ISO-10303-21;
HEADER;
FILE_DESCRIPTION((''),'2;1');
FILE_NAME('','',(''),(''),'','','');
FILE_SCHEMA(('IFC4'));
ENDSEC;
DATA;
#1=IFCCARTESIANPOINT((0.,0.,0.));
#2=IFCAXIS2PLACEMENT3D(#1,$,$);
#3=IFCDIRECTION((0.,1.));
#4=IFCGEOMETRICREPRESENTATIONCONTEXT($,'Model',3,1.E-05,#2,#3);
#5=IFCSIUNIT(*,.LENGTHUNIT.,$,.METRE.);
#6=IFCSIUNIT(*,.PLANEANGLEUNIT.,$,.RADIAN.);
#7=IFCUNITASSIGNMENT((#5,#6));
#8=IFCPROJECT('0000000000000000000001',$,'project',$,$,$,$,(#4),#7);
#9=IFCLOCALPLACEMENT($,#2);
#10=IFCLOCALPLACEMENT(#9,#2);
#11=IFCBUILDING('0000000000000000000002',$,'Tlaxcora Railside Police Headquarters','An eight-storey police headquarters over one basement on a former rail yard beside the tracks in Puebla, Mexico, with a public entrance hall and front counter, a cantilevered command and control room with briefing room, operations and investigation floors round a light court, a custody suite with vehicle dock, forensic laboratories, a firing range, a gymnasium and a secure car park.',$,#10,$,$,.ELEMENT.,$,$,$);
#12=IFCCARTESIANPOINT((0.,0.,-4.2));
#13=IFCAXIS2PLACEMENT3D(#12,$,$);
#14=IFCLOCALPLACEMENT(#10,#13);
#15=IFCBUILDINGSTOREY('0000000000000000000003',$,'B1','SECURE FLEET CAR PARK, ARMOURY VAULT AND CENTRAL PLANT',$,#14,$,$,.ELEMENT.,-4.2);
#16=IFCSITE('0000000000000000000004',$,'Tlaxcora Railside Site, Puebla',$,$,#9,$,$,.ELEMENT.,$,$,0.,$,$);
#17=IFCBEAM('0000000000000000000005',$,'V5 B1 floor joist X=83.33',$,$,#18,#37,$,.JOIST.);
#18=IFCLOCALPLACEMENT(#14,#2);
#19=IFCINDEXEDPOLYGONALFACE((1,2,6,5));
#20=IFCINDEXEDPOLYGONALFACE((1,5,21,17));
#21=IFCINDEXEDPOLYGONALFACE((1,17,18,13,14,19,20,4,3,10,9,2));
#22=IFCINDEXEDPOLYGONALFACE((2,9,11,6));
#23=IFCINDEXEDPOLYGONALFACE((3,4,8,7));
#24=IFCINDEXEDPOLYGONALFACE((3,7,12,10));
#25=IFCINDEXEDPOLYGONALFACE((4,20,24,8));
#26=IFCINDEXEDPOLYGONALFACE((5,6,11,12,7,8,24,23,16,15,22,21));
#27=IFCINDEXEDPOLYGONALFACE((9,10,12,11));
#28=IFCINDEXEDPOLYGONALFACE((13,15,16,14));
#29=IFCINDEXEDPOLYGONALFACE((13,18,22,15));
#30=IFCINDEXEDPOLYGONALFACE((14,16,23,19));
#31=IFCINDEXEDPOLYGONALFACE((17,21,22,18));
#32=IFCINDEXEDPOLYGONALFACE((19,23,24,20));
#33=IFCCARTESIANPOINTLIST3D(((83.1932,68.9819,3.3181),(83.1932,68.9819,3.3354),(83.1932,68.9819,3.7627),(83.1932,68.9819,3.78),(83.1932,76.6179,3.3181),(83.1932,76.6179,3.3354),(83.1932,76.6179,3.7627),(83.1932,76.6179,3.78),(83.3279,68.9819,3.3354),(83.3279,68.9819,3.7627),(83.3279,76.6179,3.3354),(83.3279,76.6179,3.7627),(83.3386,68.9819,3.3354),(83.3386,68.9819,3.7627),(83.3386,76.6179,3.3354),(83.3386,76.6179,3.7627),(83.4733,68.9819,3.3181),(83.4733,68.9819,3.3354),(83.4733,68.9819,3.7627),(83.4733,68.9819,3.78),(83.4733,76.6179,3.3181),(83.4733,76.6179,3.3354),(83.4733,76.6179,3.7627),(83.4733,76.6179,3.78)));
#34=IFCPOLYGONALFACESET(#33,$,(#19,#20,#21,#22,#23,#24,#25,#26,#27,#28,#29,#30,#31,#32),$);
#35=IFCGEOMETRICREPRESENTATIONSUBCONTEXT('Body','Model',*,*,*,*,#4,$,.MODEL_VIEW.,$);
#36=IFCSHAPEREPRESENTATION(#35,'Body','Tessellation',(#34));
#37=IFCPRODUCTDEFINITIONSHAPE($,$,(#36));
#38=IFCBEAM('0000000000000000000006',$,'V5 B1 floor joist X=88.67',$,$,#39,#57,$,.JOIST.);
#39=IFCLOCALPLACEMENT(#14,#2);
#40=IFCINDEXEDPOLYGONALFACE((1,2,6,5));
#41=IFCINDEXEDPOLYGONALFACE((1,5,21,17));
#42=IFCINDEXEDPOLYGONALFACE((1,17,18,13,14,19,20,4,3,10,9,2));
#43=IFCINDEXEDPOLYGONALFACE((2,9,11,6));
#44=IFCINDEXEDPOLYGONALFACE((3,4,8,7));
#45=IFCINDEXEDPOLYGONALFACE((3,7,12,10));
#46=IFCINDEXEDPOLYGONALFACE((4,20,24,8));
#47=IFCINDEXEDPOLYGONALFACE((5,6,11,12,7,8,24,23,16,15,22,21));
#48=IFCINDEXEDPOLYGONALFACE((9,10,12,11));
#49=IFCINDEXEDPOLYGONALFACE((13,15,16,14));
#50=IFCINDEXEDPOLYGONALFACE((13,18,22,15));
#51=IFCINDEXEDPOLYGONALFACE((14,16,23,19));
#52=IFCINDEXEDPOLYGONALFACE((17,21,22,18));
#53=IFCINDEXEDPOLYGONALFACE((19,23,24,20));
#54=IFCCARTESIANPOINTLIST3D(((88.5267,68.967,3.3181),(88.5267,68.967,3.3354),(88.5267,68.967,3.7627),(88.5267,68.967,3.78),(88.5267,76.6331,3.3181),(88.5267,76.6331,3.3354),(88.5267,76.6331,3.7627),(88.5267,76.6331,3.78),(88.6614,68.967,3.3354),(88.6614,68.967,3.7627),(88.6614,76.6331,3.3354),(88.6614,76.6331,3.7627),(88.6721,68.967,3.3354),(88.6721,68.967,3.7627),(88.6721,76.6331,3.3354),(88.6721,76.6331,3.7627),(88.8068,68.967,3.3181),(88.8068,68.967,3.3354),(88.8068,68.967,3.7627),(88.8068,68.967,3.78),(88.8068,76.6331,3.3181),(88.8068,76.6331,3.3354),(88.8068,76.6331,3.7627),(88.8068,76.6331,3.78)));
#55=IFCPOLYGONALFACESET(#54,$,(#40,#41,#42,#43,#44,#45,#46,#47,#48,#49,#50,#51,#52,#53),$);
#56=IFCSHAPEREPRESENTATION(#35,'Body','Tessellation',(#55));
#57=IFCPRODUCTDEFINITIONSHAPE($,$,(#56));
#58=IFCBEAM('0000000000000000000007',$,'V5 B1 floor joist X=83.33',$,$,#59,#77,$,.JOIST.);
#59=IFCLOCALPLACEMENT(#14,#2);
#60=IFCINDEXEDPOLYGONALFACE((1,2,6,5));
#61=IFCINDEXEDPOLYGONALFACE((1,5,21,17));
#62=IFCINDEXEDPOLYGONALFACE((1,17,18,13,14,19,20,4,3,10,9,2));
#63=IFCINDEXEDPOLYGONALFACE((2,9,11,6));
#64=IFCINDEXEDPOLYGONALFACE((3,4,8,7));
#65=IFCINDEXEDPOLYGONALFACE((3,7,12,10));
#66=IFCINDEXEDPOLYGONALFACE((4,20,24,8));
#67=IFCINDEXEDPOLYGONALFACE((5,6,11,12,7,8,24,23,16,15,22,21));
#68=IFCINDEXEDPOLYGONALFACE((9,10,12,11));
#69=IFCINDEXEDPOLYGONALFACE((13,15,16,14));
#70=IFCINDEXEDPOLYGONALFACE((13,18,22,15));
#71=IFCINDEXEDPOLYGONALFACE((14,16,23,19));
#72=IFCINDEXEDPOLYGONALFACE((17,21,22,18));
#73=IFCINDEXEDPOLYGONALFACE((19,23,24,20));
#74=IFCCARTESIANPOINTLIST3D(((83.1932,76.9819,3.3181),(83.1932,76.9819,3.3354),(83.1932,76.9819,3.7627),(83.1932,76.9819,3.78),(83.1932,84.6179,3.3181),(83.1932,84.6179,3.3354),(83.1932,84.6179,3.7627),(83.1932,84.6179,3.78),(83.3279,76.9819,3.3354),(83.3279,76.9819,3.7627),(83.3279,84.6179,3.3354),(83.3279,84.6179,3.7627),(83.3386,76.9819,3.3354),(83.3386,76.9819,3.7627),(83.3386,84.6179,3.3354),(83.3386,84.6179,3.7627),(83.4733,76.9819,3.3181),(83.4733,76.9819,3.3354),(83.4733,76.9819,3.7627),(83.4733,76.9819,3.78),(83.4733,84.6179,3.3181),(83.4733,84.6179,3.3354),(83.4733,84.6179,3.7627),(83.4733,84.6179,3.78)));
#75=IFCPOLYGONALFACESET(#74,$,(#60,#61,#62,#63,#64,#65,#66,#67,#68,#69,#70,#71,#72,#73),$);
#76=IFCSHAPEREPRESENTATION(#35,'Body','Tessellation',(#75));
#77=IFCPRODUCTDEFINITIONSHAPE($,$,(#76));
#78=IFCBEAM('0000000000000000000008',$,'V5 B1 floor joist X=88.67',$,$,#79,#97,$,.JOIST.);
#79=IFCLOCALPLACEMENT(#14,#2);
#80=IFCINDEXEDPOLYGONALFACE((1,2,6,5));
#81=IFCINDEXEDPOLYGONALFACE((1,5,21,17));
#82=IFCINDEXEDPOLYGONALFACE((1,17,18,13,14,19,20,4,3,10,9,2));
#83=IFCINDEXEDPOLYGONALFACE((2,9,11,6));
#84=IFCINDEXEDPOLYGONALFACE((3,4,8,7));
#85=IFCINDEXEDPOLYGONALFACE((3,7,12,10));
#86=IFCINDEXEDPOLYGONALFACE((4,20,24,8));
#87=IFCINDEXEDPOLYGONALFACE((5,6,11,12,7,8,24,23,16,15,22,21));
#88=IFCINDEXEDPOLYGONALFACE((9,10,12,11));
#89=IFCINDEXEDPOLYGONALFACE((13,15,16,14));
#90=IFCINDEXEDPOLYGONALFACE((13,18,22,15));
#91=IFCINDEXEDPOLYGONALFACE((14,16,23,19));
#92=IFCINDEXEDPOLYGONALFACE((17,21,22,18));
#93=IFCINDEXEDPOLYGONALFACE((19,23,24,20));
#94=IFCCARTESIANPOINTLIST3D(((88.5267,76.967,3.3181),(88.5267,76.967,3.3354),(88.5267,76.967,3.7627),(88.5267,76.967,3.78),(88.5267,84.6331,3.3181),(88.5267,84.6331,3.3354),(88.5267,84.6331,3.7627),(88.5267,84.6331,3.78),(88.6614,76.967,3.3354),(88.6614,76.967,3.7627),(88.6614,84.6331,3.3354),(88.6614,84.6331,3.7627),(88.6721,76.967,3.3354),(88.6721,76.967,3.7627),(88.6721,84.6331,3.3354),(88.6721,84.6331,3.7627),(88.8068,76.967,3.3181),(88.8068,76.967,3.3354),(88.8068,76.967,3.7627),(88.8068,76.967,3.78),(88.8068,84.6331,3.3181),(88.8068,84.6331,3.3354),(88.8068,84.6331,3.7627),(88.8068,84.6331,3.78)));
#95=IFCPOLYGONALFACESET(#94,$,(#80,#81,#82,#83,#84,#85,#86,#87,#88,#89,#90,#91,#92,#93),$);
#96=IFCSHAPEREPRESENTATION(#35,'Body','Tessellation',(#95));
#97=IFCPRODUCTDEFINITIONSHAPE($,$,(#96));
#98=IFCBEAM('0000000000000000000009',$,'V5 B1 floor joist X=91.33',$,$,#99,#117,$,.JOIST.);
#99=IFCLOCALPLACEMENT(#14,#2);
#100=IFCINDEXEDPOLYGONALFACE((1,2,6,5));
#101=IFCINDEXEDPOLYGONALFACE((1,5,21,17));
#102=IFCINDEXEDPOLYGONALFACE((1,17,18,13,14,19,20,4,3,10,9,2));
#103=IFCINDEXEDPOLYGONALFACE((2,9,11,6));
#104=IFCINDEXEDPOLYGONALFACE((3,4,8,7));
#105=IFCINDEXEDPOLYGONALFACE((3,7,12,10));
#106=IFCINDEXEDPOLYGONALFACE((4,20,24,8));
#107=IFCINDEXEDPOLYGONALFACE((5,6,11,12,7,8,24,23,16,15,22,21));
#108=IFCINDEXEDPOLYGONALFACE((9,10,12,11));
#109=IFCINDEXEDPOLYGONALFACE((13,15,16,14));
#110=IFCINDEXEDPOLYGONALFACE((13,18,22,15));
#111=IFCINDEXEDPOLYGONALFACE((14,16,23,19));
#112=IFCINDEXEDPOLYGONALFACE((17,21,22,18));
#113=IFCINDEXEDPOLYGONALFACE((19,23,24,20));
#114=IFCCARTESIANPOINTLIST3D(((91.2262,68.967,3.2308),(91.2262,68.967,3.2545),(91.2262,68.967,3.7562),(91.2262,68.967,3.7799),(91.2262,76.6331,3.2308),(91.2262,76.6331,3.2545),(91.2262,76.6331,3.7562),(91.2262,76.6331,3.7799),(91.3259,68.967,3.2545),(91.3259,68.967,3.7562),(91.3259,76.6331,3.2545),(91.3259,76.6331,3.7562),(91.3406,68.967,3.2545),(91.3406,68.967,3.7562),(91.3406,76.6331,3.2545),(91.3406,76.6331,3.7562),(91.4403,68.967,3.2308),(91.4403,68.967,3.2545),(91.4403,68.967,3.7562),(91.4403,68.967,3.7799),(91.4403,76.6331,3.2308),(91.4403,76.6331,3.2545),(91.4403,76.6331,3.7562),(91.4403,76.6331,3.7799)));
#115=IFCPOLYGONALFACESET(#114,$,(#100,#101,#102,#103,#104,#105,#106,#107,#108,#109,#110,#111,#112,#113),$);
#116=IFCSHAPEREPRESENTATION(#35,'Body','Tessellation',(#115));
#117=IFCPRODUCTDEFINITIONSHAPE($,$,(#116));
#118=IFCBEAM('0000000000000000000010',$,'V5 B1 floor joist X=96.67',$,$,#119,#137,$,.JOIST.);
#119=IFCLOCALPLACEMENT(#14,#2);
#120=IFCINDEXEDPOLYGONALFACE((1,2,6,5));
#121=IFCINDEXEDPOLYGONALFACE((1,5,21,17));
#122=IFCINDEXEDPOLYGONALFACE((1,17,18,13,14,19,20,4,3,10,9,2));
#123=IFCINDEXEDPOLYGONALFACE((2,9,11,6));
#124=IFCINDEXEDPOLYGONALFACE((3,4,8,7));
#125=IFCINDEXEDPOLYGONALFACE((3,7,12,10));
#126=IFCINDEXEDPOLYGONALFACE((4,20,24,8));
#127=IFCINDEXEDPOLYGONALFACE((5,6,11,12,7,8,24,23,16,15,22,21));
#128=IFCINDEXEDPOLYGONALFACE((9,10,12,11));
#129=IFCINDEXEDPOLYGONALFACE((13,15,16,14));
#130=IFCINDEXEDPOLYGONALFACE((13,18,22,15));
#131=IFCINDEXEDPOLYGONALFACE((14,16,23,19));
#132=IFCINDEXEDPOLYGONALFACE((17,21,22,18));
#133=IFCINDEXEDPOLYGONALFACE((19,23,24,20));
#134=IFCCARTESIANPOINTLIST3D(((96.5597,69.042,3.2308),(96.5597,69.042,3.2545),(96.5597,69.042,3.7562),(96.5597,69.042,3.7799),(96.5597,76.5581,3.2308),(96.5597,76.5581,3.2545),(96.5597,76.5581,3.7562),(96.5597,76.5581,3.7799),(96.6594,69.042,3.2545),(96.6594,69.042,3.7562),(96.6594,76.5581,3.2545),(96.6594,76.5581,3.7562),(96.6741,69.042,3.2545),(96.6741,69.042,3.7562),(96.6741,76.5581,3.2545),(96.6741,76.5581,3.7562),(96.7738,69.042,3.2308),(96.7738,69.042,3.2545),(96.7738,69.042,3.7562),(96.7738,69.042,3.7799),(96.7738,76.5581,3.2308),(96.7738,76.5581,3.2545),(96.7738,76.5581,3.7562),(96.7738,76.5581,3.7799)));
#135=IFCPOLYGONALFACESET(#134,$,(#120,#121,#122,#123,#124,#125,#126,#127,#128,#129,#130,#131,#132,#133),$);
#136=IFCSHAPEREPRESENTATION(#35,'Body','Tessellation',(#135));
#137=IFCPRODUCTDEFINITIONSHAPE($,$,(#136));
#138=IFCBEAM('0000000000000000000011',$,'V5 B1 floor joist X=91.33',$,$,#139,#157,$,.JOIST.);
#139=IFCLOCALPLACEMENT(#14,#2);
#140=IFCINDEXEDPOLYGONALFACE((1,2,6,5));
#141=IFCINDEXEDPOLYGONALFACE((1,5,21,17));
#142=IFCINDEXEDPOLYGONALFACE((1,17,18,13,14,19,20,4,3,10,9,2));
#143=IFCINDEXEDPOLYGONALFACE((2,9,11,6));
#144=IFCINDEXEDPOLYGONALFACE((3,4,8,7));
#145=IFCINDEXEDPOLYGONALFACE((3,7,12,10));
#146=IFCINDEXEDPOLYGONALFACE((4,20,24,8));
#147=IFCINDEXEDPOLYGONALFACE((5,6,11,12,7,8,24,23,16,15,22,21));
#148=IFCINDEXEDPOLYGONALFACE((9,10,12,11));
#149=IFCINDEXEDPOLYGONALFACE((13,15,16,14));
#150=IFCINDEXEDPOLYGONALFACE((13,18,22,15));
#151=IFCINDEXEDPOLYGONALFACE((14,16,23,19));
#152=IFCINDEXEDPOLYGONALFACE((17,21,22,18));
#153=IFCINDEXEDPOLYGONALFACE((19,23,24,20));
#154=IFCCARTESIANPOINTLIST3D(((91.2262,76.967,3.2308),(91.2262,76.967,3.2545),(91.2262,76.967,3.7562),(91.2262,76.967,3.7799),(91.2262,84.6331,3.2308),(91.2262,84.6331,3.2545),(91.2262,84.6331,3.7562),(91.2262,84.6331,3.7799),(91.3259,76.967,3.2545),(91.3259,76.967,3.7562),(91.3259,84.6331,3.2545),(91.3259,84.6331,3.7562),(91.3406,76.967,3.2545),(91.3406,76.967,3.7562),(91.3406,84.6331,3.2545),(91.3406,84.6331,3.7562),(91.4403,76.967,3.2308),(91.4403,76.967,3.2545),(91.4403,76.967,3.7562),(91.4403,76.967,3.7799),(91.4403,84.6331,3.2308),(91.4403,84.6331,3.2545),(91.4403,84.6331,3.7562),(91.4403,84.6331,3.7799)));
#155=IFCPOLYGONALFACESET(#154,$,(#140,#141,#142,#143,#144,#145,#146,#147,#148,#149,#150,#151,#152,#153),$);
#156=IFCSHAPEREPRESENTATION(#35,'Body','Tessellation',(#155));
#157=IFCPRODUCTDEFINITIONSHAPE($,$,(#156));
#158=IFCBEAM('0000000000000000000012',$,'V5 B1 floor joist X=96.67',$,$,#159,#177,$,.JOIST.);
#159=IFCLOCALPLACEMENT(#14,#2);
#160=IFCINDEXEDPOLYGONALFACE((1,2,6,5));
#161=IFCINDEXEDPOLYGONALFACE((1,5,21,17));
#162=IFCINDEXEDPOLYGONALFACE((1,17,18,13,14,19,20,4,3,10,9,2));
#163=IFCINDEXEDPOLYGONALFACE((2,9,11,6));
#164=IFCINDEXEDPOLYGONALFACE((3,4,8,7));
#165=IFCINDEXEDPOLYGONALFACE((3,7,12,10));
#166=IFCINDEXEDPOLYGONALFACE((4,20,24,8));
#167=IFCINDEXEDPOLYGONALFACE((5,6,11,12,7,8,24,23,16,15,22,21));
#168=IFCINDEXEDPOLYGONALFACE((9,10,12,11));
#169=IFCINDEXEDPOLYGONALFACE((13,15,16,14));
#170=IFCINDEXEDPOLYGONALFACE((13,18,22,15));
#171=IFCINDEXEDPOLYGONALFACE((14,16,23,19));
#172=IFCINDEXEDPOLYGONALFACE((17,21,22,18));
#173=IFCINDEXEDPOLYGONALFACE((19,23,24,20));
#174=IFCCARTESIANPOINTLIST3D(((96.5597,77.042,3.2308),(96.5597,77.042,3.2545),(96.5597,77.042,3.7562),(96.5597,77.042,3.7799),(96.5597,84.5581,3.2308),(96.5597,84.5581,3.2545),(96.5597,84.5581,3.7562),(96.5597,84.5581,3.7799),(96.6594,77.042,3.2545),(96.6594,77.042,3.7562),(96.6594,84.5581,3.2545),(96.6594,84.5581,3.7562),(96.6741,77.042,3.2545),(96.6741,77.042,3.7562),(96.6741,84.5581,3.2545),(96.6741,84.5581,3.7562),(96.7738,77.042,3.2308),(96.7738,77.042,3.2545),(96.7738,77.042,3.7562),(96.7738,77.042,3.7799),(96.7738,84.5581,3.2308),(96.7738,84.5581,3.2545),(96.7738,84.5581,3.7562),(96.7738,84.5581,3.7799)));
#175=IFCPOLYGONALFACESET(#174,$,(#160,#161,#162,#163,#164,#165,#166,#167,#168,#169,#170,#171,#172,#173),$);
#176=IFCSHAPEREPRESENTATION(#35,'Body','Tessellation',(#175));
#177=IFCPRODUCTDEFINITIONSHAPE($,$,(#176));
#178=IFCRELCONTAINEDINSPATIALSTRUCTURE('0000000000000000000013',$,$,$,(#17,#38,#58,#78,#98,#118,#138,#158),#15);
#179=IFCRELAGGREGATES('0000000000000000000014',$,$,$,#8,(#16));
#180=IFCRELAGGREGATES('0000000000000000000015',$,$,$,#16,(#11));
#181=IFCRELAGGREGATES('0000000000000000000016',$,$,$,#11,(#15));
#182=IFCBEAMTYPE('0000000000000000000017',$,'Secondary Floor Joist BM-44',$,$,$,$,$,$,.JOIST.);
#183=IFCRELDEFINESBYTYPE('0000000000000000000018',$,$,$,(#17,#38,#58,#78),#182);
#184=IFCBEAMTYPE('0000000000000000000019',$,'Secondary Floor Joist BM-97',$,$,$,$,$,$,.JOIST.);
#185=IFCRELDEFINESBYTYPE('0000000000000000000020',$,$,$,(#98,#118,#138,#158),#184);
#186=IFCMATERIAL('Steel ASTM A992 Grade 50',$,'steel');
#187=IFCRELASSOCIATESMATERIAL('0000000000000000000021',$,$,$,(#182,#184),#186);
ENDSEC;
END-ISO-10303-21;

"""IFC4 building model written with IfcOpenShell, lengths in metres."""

from ifc_helpers import new_model, si_unit, direction, frame, origin, origin_2d, place, context, subcontext, project, spatial, i_section, extrude, material, material_profile, profile_set, type_object, element, save


model = new_model("IFC4")

# Units and contexts
model_context = context("Model", 3, precision=1e-05, world=origin(), true_north=direction((0.0, 1.0)))
body_context = subcontext(model_context, "Body", "Model", "MODEL_VIEW")
ifc_project = project(units=[si_unit("LENGTHUNIT", "METRE"), si_unit("PLANEANGLEUNIT", "RADIAN")], contexts=[model_context])

# Site, building, storey
site_placement = place(None, origin())
site = spatial("IfcSite", under=ifc_project, at=site_placement, Name="Tlaxcora Railside Site, Puebla", CompositionType="ELEMENT", RefElevation=0.0)
building_placement = place(site_placement, origin())
building = spatial("IfcBuilding", under=site, at=building_placement, Name="Tlaxcora Railside Police Headquarters", Description="An eight-storey police headquarters over one basement on a former rail yard beside the tracks in Puebla, Mexico, with a public entrance hall and front counter, a cantilevered command and control room with briefing room, operations and investigation floors round a light court, a custody suite with vehicle dock, forensic laboratories, a firing range, a gymnasium and a secure car park.", CompositionType="ELEMENT")
storey_placement = place(building_placement, frame((0.0, 0.0, -4.2)))
storey = spatial("IfcBuildingStorey", under=building, at=storey_placement, Name="B1", Description="SECURE FLEET CAR PARK, ARMOURY VAULT AND CENTRAL PLANT", CompositionType="ELEMENT", Elevation=-4.2)

# Beams
ifc_material_1 = material(Name="Steel ASTM A992 Grade 50", Category="steel")
ifc_material_profile_1 = material_profile(ifc_material_1, i_section(OverallWidth=0.28, OverallDepth=0.4619, WebThickness=0.0107, FlangeThickness=0.0173, at=origin_2d()), Name="W18X76")
ifc_profile_set_1 = profile_set([ifc_material_profile_1], Name="Steel ASTM A992 Grade 50")
beam_type_1 = type_object("IfcBeamType", Name="Secondary Floor Joist BM-44", PredefinedType="JOIST", material=ifc_profile_set_1)
beam_1_placement = place(storey_placement, frame((83.3333, 68.9819, 3.5491), z_axis=(0.0, 1.0, 0.0), x_axis=(-1.0, 0.0, 0.0)))
element("IfcBeam", 1, at=beam_1_placement, inside=storey, type_object=beam_type_1, Name="V5 B1 floor joist X=83.33", PredefinedType="JOIST", context=body_context, shape_type="SweptSolid", body=[
    extrude(i_section(OverallWidth=0.28, OverallDepth=0.4619, WebThickness=0.0107, FlangeThickness=0.0173, at=origin_2d()), origin(), (0.0, 0.0, 1.0), 7.636),
])
beam_2_placement = place(storey_placement, frame((88.6667, 68.967, 3.5491), z_axis=(0.0, 1.0, 0.0), x_axis=(-1.0, 0.0, 0.0)))
element("IfcBeam", 2, at=beam_2_placement, inside=storey, type_object=beam_type_1, Name="V5 B1 floor joist X=88.67", PredefinedType="JOIST", context=body_context, shape_type="SweptSolid", body=[
    extrude(i_section(OverallWidth=0.28, OverallDepth=0.4619, WebThickness=0.0107, FlangeThickness=0.0173, at=origin_2d()), origin(), (0.0, 0.0, 1.0), 7.666),
])
beam_3_placement = place(storey_placement, frame((83.3333, 76.9819, 3.5491), z_axis=(0.0, 1.0, 0.0), x_axis=(-1.0, 0.0, 0.0)))
element("IfcBeam", 3, at=beam_3_placement, inside=storey, type_object=beam_type_1, Name="V5 B1 floor joist X=83.33", PredefinedType="JOIST", context=body_context, shape_type="SweptSolid", body=[
    extrude(i_section(OverallWidth=0.28, OverallDepth=0.4619, WebThickness=0.0107, FlangeThickness=0.0173, at=origin_2d()), origin(), (0.0, 0.0, 1.0), 7.636),
])
beam_4_placement = place(storey_placement, frame((88.6667, 76.967, 3.5491), z_axis=(0.0, 1.0, 0.0), x_axis=(-1.0, 0.0, 0.0)))
element("IfcBeam", 4, at=beam_4_placement, inside=storey, type_object=beam_type_1, Name="V5 B1 floor joist X=88.67", PredefinedType="JOIST", context=body_context, shape_type="SweptSolid", body=[
    extrude(i_section(OverallWidth=0.28, OverallDepth=0.4619, WebThickness=0.0107, FlangeThickness=0.0173, at=origin_2d()), origin(), (0.0, 0.0, 1.0), 7.666),
])
ifc_material_profile_2 = material_profile(ifc_material_1, i_section(OverallWidth=0.2141, OverallDepth=0.5491, WebThickness=0.0146, FlangeThickness=0.0237, at=origin_2d()), Name="W21X93")
ifc_profile_set_2 = profile_set([ifc_material_profile_2], Name="Steel ASTM A992 Grade 50")
beam_type_2 = type_object("IfcBeamType", Name="Secondary Floor Joist BM-97", PredefinedType="JOIST", material=ifc_profile_set_2)
beam_5_placement = place(storey_placement, frame((91.3333, 68.967, 3.5054), z_axis=(0.0, 1.0, 0.0), x_axis=(-1.0, 0.0, 0.0)))
element("IfcBeam", 5, at=beam_5_placement, inside=storey, type_object=beam_type_2, Name="V5 B1 floor joist X=91.33", PredefinedType="JOIST", context=body_context, shape_type="SweptSolid", body=[
    extrude(i_section(OverallWidth=0.2141, OverallDepth=0.5491, WebThickness=0.0146, FlangeThickness=0.0237, at=origin_2d()), origin(), (0.0, 0.0, 1.0), 7.666),
])
beam_6_placement = place(storey_placement, frame((96.6667, 69.042, 3.5054), z_axis=(0.0, 1.0, 0.0), x_axis=(-1.0, 0.0, 0.0)))
element("IfcBeam", 6, at=beam_6_placement, inside=storey, type_object=beam_type_2, Name="V5 B1 floor joist X=96.67", PredefinedType="JOIST", context=body_context, shape_type="SweptSolid", body=[
    extrude(i_section(OverallWidth=0.2141, OverallDepth=0.5491, WebThickness=0.0146, FlangeThickness=0.0237, at=origin_2d()), origin(), (0.0, 0.0, 1.0), 7.5161),
])
beam_7_placement = place(storey_placement, frame((91.3333, 76.967, 3.5054), z_axis=(0.0, 1.0, 0.0), x_axis=(-1.0, 0.0, 0.0)))
element("IfcBeam", 7, at=beam_7_placement, inside=storey, type_object=beam_type_2, Name="V5 B1 floor joist X=91.33", PredefinedType="JOIST", context=body_context, shape_type="SweptSolid", body=[
    extrude(i_section(OverallWidth=0.2141, OverallDepth=0.5491, WebThickness=0.0146, FlangeThickness=0.0237, at=origin_2d()), origin(), (0.0, 0.0, 1.0), 7.666),
])
beam_8_placement = place(storey_placement, frame((96.6667, 77.042, 3.5054), z_axis=(0.0, 1.0, 0.0), x_axis=(-1.0, 0.0, 0.0)))
element("IfcBeam", 8, at=beam_8_placement, inside=storey, type_object=beam_type_2, Name="V5 B1 floor joist X=96.67", PredefinedType="JOIST", context=body_context, shape_type="SweptSolid", body=[
    extrude(i_section(OverallWidth=0.2141, OverallDepth=0.5491, WebThickness=0.0146, FlangeThickness=0.0237, at=origin_2d()), origin(), (0.0, 0.0, 1.0), 7.5161),
])

save(model, "model.ifc")
